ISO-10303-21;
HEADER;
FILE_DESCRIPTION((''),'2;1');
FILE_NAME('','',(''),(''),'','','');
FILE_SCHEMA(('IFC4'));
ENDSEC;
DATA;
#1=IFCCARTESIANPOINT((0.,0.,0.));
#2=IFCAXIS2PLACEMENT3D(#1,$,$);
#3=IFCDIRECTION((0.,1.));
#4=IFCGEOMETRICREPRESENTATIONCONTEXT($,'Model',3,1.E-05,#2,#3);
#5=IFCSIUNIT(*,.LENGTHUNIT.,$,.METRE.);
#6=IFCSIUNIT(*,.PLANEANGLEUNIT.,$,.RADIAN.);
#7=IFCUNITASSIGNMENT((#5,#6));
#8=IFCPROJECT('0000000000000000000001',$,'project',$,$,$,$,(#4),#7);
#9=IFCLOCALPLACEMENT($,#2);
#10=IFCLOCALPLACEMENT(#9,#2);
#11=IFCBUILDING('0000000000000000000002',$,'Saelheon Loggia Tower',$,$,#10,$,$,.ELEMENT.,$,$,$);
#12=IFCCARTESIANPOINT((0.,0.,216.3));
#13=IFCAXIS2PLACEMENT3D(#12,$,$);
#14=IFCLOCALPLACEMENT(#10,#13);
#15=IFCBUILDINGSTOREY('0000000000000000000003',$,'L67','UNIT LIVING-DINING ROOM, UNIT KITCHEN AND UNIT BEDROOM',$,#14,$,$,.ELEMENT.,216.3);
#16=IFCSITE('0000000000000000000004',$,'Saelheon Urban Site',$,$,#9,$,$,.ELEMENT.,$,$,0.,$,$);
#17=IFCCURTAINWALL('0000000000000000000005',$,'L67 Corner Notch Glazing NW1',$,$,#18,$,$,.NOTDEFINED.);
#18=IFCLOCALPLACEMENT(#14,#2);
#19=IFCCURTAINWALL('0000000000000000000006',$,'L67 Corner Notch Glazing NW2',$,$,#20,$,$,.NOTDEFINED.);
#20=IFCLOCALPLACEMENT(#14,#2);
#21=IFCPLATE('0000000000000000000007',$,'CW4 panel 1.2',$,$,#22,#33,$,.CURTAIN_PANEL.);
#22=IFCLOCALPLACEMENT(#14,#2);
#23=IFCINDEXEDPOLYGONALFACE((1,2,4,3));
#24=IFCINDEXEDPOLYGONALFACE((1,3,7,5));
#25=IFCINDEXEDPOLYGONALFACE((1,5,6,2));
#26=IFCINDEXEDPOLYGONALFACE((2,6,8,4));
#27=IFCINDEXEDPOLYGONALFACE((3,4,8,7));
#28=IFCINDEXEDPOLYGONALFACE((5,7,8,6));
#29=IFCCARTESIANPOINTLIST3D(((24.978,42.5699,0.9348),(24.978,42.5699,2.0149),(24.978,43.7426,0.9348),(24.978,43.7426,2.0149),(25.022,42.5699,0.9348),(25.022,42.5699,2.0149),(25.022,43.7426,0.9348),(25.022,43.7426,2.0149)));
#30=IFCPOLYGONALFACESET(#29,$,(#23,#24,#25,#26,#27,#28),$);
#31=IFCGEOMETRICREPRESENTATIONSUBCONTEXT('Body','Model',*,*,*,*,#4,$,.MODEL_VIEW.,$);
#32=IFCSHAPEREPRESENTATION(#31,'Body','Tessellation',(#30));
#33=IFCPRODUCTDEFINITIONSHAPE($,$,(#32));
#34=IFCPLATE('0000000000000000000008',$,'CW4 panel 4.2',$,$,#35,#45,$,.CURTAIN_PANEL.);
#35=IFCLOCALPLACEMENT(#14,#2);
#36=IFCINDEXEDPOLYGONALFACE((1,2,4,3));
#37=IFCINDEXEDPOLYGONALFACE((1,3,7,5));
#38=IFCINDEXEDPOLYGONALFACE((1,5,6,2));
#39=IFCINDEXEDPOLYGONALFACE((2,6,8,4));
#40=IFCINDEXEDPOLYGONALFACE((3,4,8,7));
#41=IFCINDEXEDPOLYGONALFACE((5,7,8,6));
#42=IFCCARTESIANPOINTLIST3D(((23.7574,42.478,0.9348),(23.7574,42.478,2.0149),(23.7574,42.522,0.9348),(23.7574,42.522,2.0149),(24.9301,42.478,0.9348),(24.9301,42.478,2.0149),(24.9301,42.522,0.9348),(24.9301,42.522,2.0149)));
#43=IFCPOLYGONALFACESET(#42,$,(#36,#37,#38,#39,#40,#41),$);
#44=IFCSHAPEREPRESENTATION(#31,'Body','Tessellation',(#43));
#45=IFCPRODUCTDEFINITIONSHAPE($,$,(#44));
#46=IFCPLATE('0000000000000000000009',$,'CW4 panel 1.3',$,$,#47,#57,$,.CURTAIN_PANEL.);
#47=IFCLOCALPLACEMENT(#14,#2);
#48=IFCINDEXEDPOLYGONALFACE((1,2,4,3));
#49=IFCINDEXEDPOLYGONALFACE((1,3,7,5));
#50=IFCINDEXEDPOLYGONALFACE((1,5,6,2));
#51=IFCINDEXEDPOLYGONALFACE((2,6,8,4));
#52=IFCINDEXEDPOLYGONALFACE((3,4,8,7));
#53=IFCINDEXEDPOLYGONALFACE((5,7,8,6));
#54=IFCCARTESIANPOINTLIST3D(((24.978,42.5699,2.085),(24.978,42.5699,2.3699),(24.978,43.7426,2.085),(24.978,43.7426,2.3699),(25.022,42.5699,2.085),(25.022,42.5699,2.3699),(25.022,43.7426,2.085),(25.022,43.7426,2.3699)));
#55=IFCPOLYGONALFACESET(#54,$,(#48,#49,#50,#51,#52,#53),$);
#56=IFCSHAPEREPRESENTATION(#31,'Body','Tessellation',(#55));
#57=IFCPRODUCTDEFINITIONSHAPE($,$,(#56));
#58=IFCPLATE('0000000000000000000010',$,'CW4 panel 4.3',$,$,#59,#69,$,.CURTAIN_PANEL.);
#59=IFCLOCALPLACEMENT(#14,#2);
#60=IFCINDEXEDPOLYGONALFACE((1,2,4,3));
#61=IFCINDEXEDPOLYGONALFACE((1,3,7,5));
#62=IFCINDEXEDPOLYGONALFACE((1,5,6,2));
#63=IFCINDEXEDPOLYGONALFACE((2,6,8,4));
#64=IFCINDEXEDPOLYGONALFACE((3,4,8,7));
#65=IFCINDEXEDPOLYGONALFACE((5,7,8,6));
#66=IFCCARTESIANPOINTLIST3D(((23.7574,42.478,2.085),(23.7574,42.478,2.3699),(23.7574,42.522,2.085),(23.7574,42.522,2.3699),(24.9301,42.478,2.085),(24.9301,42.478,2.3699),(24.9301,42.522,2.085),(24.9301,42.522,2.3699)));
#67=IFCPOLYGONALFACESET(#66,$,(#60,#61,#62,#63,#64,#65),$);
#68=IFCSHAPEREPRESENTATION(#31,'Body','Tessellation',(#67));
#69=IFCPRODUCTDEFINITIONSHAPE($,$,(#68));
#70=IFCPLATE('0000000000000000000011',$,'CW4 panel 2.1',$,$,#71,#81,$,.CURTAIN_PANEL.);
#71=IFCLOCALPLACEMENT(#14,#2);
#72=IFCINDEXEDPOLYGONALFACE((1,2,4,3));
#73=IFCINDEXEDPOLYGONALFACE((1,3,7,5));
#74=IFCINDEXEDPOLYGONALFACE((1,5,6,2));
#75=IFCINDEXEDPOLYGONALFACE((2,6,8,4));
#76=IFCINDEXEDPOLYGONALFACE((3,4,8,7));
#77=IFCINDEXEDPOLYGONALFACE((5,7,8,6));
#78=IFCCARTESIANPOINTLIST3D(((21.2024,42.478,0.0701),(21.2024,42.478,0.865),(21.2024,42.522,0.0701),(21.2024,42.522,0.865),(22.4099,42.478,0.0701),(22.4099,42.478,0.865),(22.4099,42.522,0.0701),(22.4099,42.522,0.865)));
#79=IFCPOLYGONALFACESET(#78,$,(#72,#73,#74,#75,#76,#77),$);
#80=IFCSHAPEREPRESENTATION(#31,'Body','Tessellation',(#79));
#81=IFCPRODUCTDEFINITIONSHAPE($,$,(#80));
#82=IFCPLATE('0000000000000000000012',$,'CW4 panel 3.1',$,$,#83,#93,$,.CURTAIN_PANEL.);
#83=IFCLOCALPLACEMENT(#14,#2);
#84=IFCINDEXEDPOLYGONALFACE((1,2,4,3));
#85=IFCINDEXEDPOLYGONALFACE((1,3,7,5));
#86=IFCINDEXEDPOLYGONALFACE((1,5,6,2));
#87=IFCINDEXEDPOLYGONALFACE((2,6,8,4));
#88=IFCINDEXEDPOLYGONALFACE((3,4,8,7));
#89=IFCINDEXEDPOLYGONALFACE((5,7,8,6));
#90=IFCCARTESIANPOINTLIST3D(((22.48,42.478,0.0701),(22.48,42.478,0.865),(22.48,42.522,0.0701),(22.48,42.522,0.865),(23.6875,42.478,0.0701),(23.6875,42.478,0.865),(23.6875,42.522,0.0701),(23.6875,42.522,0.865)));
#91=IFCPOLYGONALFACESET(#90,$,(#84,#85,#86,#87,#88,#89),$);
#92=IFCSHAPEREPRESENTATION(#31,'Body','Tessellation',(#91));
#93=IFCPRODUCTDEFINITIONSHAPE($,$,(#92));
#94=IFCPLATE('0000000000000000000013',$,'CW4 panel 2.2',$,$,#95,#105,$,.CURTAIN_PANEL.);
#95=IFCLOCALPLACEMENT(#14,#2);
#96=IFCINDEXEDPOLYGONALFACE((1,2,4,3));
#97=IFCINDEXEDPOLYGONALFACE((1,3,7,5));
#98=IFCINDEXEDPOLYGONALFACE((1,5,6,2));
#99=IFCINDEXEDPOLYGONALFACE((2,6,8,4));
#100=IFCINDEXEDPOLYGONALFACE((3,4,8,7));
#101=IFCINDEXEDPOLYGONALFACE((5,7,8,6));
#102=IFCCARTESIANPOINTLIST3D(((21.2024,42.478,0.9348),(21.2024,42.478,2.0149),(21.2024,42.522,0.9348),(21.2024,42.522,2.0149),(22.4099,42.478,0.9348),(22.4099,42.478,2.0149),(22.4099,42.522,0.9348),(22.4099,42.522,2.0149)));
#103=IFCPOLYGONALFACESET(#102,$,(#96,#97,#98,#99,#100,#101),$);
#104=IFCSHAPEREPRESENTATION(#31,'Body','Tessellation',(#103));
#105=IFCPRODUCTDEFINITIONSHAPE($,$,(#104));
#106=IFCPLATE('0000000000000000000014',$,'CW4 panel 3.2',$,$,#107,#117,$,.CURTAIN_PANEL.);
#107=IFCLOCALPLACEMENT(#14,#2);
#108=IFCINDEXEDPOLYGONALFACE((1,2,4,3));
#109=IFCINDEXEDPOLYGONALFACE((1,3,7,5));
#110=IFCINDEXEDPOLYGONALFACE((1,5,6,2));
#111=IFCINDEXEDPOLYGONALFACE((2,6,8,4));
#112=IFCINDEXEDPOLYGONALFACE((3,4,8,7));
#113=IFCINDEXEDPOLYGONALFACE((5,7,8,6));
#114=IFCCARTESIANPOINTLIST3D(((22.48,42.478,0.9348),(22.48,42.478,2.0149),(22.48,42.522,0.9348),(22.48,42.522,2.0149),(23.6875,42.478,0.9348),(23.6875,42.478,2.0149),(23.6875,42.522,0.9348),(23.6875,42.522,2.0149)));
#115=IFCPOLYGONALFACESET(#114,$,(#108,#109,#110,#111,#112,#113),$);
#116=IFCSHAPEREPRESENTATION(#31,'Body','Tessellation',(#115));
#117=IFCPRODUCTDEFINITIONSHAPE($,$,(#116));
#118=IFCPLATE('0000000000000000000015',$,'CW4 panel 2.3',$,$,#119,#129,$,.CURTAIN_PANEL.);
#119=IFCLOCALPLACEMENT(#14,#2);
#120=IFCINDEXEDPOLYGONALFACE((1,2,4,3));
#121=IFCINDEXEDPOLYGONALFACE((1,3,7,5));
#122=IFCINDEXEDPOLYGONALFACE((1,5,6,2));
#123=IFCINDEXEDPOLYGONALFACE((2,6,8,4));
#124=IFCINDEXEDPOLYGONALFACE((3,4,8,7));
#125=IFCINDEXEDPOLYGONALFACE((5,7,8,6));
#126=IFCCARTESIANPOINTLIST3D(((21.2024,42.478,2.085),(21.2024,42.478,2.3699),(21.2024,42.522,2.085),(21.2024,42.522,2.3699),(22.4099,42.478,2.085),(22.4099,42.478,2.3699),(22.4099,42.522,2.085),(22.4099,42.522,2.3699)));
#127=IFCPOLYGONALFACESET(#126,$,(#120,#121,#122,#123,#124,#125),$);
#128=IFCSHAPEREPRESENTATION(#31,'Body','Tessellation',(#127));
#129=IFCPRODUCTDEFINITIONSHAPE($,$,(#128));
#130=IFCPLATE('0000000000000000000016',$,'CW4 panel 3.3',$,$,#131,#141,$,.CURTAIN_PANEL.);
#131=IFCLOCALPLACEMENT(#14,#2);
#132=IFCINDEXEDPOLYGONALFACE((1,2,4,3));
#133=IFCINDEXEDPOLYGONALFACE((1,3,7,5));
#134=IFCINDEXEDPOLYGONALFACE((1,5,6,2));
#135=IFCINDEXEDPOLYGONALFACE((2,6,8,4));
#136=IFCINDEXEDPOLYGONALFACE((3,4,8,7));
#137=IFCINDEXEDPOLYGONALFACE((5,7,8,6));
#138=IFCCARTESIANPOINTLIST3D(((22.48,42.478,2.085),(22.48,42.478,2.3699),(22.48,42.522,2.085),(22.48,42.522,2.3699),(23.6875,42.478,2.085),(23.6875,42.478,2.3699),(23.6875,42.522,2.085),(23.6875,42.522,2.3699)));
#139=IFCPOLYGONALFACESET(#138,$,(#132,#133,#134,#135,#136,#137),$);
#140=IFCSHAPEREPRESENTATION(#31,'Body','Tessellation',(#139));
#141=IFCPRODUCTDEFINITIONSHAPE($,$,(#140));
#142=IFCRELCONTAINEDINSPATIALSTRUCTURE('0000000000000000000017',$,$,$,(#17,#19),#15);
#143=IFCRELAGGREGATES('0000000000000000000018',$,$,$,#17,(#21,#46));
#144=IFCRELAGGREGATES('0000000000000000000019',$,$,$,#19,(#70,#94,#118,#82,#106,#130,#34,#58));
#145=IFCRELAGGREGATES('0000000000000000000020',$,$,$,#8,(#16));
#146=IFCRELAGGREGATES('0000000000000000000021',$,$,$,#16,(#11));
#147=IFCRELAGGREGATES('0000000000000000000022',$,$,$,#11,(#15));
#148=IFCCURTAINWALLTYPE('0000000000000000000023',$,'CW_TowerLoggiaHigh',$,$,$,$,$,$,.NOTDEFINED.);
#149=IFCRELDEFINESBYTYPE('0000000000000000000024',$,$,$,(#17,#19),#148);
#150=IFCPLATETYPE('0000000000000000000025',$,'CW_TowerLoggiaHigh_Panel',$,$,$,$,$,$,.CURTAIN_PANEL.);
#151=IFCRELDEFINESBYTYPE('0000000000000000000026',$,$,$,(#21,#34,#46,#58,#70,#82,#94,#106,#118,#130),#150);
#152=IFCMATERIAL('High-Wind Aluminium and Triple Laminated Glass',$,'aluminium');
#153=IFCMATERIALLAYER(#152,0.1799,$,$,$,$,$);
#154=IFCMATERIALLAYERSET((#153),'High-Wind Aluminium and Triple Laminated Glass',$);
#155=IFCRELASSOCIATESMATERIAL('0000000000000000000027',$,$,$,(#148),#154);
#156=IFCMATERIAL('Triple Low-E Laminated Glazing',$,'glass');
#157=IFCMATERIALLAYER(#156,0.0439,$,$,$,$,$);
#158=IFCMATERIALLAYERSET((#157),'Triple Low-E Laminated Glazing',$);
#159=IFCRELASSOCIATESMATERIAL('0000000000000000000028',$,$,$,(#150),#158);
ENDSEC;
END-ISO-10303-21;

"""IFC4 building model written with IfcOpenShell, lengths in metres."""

from ifc_helpers import new_model, si_unit, direction, frame, origin, origin_2d, place, context, subcontext, project, spatial, rectangle, extrude, source, transform, mapped, material, layer, layer_set, type_object, element, aggregate, save


model = new_model("IFC4")

# Units and contexts
model_context = context("Model", 3, precision=1e-05, world=origin(), true_north=direction((0.0, 1.0)))
body_context = subcontext(model_context, "Body", "Model", "MODEL_VIEW")
ifc_project = project(units=[si_unit("LENGTHUNIT", "METRE"), si_unit("PLANEANGLEUNIT", "RADIAN")], contexts=[model_context])

# Site, building, storey
site_placement = place(None, origin())
site = spatial("IfcSite", under=ifc_project, at=site_placement, Name="Saelheon Urban Site", CompositionType="ELEMENT", RefElevation=0.0)
building_placement = place(site_placement, origin())
building = spatial("IfcBuilding", under=site, at=building_placement, Name="Saelheon Loggia Tower", CompositionType="ELEMENT")
storey_placement = place(building_placement, frame((0.0, 0.0, 216.3)))
storey = spatial("IfcBuildingStorey", under=building, at=storey_placement, Name="L67", Description="UNIT LIVING-DINING ROOM, UNIT KITCHEN AND UNIT BEDROOM", CompositionType="ELEMENT", Elevation=216.3)

# Curtain walls
ifc_material_1 = material(Name="High-Wind Aluminium and Triple Laminated Glass", Category="aluminium")
ifc_layer_1 = layer(ifc_material_1, 0.1799)
ifc_layer_set_1 = layer_set([ifc_layer_1], Name="High-Wind Aluminium and Triple Laminated Glass")
curtain_wall_type = type_object("IfcCurtainWallType", Name="CW_TowerLoggiaHigh", PredefinedType="NOTDEFINED", material=ifc_layer_set_1)
curtain_wall_1_placement = place(storey_placement, origin())
curtain_wall_1 = element("IfcCurtainWall", 1, at=curtain_wall_1_placement, inside=storey, type_object=curtain_wall_type, Name="L67 Corner Notch Glazing NW1", PredefinedType="NOTDEFINED")
curtain_wall_2_placement = place(storey_placement, origin())
curtain_wall_2 = element("IfcCurtainWall", 2, at=curtain_wall_2_placement, inside=storey, type_object=curtain_wall_type, Name="L67 Corner Notch Glazing NW2", PredefinedType="NOTDEFINED")

# Plates
ifc_material_2 = material(Name="Triple Low-E Laminated Glazing", Category="glass")
ifc_layer_2 = layer(ifc_material_2, 0.0439)
ifc_layer_set_2 = layer_set([ifc_layer_2], Name="Triple Low-E Laminated Glazing")
plate_type = type_object("IfcPlateType", Name="CW_TowerLoggiaHigh_Panel", PredefinedType="CURTAIN_PANEL", material=ifc_layer_set_2)
shared_shape_1 = source(origin(), body_context, "Body", "SweptSolid", [
    extrude(rectangle(XDim=1.1726, YDim=0.0439, at=origin_2d()), origin(), (0.0, 0.0, 1.0), 1.0801),
])
plate_1_placement = place(storey_placement, frame((25.0, 43.1562, 0.9348), z_axis=(0.0, 0.0, 1.0), x_axis=(0.0, 1.0, 0.0)))
plate_1 = element("IfcPlate", 3, at=plate_1_placement, type_object=plate_type, Name="CW4 panel 1.2", PredefinedType="CURTAIN_PANEL", context=body_context, shape_type="MappedRepresentation", body=[
    mapped(shared_shape_1, transform((0.0, 0.0, 0.0), scale=1.0)),
])
plate_2_placement = place(storey_placement, frame((24.3438, 42.5, 0.9348), z_axis=(0.0, 0.0, 1.0), x_axis=(1.0, 0.0, 0.0)))
plate_2 = element("IfcPlate", 4, at=plate_2_placement, type_object=plate_type, Name="CW4 panel 4.2", PredefinedType="CURTAIN_PANEL", context=body_context, shape_type="MappedRepresentation", body=[
    mapped(shared_shape_1, transform((0.0, 0.0, 0.0), scale=1.0)),
])
shared_shape_2 = source(origin(), body_context, "Body", "SweptSolid", [
    extrude(rectangle(XDim=1.1726, YDim=0.0439, at=origin_2d()), origin(), (0.0, 0.0, 1.0), 0.2849),
])
plate_3_placement = place(storey_placement, frame((25.0, 43.1562, 2.085), z_axis=(0.0, 0.0, 1.0), x_axis=(0.0, 1.0, 0.0)))
plate_3 = element("IfcPlate", 5, at=plate_3_placement, type_object=plate_type, Name="CW4 panel 1.3", PredefinedType="CURTAIN_PANEL", context=body_context, shape_type="MappedRepresentation", body=[
    mapped(shared_shape_2, transform((0.0, 0.0, 0.0), scale=1.0)),
])
aggregate(curtain_wall_1, [plate_1, plate_3])
plate_4_placement = place(storey_placement, frame((24.3438, 42.5, 2.085), z_axis=(0.0, 0.0, 1.0), x_axis=(1.0, 0.0, 0.0)))
plate_4 = element("IfcPlate", 6, at=plate_4_placement, type_object=plate_type, Name="CW4 panel 4.3", PredefinedType="CURTAIN_PANEL", context=body_context, shape_type="MappedRepresentation", body=[
    mapped(shared_shape_2, transform((0.0, 0.0, 0.0), scale=1.0)),
])
shared_shape_3 = source(origin(), body_context, "Body", "SweptSolid", [
    extrude(rectangle(XDim=1.2075, YDim=0.0439, at=origin_2d()), origin(), (0.0, 0.0, 1.0), 0.7949),
])
plate_5_placement = place(storey_placement, frame((21.8062, 42.5, 0.0701), z_axis=(0.0, 0.0, 1.0), x_axis=(1.0, 0.0, 0.0)))
plate_5 = element("IfcPlate", 7, at=plate_5_placement, type_object=plate_type, Name="CW4 panel 2.1", PredefinedType="CURTAIN_PANEL", context=body_context, shape_type="MappedRepresentation", body=[
    mapped(shared_shape_3, transform((0.0, 0.0, 0.0), scale=1.0)),
])
plate_6_placement = place(storey_placement, frame((23.0837, 42.5, 0.0701), z_axis=(0.0, 0.0, 1.0), x_axis=(1.0, 0.0, 0.0)))
plate_6 = element("IfcPlate", 8, at=plate_6_placement, type_object=plate_type, Name="CW4 panel 3.1", PredefinedType="CURTAIN_PANEL", context=body_context, shape_type="MappedRepresentation", body=[
    mapped(shared_shape_3, transform((0.0, 0.0, 0.0), scale=1.0)),
])
shared_shape_4 = source(origin(), body_context, "Body", "SweptSolid", [
    extrude(rectangle(XDim=1.2075, YDim=0.0439, at=origin_2d()), origin(), (0.0, 0.0, 1.0), 1.0801),
])
plate_7_placement = place(storey_placement, frame((21.8062, 42.5, 0.9348), z_axis=(0.0, 0.0, 1.0), x_axis=(1.0, 0.0, 0.0)))
plate_7 = element("IfcPlate", 9, at=plate_7_placement, type_object=plate_type, Name="CW4 panel 2.2", PredefinedType="CURTAIN_PANEL", context=body_context, shape_type="MappedRepresentation", body=[
    mapped(shared_shape_4, transform((0.0, 0.0, 0.0), scale=1.0)),
])
plate_8_placement = place(storey_placement, frame((23.0837, 42.5, 0.9348), z_axis=(0.0, 0.0, 1.0), x_axis=(1.0, 0.0, 0.0)))
plate_8 = element("IfcPlate", 10, at=plate_8_placement, type_object=plate_type, Name="CW4 panel 3.2", PredefinedType="CURTAIN_PANEL", context=body_context, shape_type="MappedRepresentation", body=[
    mapped(shared_shape_4, transform((0.0, 0.0, 0.0), scale=1.0)),
])
shared_shape_5 = source(origin(), body_context, "Body", "SweptSolid", [
    extrude(rectangle(XDim=1.2075, YDim=0.0439, at=origin_2d()), origin(), (0.0, 0.0, 1.0), 0.2849),
])
plate_9_placement = place(storey_placement, frame((21.8062, 42.5, 2.085), z_axis=(0.0, 0.0, 1.0), x_axis=(1.0, 0.0, 0.0)))
plate_9 = element("IfcPlate", 11, at=plate_9_placement, type_object=plate_type, Name="CW4 panel 2.3", PredefinedType="CURTAIN_PANEL", context=body_context, shape_type="MappedRepresentation", body=[
    mapped(shared_shape_5, transform((0.0, 0.0, 0.0), scale=1.0)),
])
plate_10_placement = place(storey_placement, frame((23.0837, 42.5, 2.085), z_axis=(0.0, 0.0, 1.0), x_axis=(1.0, 0.0, 0.0)))
plate_10 = element("IfcPlate", 12, at=plate_10_placement, type_object=plate_type, Name="CW4 panel 3.3", PredefinedType="CURTAIN_PANEL", context=body_context, shape_type="MappedRepresentation", body=[
    mapped(shared_shape_5, transform((0.0, 0.0, 0.0), scale=1.0)),
])
aggregate(curtain_wall_2, [plate_5, plate_7, plate_9, plate_6, plate_8, plate_10, plate_2, plate_4])

save(model, "model.ifc")
